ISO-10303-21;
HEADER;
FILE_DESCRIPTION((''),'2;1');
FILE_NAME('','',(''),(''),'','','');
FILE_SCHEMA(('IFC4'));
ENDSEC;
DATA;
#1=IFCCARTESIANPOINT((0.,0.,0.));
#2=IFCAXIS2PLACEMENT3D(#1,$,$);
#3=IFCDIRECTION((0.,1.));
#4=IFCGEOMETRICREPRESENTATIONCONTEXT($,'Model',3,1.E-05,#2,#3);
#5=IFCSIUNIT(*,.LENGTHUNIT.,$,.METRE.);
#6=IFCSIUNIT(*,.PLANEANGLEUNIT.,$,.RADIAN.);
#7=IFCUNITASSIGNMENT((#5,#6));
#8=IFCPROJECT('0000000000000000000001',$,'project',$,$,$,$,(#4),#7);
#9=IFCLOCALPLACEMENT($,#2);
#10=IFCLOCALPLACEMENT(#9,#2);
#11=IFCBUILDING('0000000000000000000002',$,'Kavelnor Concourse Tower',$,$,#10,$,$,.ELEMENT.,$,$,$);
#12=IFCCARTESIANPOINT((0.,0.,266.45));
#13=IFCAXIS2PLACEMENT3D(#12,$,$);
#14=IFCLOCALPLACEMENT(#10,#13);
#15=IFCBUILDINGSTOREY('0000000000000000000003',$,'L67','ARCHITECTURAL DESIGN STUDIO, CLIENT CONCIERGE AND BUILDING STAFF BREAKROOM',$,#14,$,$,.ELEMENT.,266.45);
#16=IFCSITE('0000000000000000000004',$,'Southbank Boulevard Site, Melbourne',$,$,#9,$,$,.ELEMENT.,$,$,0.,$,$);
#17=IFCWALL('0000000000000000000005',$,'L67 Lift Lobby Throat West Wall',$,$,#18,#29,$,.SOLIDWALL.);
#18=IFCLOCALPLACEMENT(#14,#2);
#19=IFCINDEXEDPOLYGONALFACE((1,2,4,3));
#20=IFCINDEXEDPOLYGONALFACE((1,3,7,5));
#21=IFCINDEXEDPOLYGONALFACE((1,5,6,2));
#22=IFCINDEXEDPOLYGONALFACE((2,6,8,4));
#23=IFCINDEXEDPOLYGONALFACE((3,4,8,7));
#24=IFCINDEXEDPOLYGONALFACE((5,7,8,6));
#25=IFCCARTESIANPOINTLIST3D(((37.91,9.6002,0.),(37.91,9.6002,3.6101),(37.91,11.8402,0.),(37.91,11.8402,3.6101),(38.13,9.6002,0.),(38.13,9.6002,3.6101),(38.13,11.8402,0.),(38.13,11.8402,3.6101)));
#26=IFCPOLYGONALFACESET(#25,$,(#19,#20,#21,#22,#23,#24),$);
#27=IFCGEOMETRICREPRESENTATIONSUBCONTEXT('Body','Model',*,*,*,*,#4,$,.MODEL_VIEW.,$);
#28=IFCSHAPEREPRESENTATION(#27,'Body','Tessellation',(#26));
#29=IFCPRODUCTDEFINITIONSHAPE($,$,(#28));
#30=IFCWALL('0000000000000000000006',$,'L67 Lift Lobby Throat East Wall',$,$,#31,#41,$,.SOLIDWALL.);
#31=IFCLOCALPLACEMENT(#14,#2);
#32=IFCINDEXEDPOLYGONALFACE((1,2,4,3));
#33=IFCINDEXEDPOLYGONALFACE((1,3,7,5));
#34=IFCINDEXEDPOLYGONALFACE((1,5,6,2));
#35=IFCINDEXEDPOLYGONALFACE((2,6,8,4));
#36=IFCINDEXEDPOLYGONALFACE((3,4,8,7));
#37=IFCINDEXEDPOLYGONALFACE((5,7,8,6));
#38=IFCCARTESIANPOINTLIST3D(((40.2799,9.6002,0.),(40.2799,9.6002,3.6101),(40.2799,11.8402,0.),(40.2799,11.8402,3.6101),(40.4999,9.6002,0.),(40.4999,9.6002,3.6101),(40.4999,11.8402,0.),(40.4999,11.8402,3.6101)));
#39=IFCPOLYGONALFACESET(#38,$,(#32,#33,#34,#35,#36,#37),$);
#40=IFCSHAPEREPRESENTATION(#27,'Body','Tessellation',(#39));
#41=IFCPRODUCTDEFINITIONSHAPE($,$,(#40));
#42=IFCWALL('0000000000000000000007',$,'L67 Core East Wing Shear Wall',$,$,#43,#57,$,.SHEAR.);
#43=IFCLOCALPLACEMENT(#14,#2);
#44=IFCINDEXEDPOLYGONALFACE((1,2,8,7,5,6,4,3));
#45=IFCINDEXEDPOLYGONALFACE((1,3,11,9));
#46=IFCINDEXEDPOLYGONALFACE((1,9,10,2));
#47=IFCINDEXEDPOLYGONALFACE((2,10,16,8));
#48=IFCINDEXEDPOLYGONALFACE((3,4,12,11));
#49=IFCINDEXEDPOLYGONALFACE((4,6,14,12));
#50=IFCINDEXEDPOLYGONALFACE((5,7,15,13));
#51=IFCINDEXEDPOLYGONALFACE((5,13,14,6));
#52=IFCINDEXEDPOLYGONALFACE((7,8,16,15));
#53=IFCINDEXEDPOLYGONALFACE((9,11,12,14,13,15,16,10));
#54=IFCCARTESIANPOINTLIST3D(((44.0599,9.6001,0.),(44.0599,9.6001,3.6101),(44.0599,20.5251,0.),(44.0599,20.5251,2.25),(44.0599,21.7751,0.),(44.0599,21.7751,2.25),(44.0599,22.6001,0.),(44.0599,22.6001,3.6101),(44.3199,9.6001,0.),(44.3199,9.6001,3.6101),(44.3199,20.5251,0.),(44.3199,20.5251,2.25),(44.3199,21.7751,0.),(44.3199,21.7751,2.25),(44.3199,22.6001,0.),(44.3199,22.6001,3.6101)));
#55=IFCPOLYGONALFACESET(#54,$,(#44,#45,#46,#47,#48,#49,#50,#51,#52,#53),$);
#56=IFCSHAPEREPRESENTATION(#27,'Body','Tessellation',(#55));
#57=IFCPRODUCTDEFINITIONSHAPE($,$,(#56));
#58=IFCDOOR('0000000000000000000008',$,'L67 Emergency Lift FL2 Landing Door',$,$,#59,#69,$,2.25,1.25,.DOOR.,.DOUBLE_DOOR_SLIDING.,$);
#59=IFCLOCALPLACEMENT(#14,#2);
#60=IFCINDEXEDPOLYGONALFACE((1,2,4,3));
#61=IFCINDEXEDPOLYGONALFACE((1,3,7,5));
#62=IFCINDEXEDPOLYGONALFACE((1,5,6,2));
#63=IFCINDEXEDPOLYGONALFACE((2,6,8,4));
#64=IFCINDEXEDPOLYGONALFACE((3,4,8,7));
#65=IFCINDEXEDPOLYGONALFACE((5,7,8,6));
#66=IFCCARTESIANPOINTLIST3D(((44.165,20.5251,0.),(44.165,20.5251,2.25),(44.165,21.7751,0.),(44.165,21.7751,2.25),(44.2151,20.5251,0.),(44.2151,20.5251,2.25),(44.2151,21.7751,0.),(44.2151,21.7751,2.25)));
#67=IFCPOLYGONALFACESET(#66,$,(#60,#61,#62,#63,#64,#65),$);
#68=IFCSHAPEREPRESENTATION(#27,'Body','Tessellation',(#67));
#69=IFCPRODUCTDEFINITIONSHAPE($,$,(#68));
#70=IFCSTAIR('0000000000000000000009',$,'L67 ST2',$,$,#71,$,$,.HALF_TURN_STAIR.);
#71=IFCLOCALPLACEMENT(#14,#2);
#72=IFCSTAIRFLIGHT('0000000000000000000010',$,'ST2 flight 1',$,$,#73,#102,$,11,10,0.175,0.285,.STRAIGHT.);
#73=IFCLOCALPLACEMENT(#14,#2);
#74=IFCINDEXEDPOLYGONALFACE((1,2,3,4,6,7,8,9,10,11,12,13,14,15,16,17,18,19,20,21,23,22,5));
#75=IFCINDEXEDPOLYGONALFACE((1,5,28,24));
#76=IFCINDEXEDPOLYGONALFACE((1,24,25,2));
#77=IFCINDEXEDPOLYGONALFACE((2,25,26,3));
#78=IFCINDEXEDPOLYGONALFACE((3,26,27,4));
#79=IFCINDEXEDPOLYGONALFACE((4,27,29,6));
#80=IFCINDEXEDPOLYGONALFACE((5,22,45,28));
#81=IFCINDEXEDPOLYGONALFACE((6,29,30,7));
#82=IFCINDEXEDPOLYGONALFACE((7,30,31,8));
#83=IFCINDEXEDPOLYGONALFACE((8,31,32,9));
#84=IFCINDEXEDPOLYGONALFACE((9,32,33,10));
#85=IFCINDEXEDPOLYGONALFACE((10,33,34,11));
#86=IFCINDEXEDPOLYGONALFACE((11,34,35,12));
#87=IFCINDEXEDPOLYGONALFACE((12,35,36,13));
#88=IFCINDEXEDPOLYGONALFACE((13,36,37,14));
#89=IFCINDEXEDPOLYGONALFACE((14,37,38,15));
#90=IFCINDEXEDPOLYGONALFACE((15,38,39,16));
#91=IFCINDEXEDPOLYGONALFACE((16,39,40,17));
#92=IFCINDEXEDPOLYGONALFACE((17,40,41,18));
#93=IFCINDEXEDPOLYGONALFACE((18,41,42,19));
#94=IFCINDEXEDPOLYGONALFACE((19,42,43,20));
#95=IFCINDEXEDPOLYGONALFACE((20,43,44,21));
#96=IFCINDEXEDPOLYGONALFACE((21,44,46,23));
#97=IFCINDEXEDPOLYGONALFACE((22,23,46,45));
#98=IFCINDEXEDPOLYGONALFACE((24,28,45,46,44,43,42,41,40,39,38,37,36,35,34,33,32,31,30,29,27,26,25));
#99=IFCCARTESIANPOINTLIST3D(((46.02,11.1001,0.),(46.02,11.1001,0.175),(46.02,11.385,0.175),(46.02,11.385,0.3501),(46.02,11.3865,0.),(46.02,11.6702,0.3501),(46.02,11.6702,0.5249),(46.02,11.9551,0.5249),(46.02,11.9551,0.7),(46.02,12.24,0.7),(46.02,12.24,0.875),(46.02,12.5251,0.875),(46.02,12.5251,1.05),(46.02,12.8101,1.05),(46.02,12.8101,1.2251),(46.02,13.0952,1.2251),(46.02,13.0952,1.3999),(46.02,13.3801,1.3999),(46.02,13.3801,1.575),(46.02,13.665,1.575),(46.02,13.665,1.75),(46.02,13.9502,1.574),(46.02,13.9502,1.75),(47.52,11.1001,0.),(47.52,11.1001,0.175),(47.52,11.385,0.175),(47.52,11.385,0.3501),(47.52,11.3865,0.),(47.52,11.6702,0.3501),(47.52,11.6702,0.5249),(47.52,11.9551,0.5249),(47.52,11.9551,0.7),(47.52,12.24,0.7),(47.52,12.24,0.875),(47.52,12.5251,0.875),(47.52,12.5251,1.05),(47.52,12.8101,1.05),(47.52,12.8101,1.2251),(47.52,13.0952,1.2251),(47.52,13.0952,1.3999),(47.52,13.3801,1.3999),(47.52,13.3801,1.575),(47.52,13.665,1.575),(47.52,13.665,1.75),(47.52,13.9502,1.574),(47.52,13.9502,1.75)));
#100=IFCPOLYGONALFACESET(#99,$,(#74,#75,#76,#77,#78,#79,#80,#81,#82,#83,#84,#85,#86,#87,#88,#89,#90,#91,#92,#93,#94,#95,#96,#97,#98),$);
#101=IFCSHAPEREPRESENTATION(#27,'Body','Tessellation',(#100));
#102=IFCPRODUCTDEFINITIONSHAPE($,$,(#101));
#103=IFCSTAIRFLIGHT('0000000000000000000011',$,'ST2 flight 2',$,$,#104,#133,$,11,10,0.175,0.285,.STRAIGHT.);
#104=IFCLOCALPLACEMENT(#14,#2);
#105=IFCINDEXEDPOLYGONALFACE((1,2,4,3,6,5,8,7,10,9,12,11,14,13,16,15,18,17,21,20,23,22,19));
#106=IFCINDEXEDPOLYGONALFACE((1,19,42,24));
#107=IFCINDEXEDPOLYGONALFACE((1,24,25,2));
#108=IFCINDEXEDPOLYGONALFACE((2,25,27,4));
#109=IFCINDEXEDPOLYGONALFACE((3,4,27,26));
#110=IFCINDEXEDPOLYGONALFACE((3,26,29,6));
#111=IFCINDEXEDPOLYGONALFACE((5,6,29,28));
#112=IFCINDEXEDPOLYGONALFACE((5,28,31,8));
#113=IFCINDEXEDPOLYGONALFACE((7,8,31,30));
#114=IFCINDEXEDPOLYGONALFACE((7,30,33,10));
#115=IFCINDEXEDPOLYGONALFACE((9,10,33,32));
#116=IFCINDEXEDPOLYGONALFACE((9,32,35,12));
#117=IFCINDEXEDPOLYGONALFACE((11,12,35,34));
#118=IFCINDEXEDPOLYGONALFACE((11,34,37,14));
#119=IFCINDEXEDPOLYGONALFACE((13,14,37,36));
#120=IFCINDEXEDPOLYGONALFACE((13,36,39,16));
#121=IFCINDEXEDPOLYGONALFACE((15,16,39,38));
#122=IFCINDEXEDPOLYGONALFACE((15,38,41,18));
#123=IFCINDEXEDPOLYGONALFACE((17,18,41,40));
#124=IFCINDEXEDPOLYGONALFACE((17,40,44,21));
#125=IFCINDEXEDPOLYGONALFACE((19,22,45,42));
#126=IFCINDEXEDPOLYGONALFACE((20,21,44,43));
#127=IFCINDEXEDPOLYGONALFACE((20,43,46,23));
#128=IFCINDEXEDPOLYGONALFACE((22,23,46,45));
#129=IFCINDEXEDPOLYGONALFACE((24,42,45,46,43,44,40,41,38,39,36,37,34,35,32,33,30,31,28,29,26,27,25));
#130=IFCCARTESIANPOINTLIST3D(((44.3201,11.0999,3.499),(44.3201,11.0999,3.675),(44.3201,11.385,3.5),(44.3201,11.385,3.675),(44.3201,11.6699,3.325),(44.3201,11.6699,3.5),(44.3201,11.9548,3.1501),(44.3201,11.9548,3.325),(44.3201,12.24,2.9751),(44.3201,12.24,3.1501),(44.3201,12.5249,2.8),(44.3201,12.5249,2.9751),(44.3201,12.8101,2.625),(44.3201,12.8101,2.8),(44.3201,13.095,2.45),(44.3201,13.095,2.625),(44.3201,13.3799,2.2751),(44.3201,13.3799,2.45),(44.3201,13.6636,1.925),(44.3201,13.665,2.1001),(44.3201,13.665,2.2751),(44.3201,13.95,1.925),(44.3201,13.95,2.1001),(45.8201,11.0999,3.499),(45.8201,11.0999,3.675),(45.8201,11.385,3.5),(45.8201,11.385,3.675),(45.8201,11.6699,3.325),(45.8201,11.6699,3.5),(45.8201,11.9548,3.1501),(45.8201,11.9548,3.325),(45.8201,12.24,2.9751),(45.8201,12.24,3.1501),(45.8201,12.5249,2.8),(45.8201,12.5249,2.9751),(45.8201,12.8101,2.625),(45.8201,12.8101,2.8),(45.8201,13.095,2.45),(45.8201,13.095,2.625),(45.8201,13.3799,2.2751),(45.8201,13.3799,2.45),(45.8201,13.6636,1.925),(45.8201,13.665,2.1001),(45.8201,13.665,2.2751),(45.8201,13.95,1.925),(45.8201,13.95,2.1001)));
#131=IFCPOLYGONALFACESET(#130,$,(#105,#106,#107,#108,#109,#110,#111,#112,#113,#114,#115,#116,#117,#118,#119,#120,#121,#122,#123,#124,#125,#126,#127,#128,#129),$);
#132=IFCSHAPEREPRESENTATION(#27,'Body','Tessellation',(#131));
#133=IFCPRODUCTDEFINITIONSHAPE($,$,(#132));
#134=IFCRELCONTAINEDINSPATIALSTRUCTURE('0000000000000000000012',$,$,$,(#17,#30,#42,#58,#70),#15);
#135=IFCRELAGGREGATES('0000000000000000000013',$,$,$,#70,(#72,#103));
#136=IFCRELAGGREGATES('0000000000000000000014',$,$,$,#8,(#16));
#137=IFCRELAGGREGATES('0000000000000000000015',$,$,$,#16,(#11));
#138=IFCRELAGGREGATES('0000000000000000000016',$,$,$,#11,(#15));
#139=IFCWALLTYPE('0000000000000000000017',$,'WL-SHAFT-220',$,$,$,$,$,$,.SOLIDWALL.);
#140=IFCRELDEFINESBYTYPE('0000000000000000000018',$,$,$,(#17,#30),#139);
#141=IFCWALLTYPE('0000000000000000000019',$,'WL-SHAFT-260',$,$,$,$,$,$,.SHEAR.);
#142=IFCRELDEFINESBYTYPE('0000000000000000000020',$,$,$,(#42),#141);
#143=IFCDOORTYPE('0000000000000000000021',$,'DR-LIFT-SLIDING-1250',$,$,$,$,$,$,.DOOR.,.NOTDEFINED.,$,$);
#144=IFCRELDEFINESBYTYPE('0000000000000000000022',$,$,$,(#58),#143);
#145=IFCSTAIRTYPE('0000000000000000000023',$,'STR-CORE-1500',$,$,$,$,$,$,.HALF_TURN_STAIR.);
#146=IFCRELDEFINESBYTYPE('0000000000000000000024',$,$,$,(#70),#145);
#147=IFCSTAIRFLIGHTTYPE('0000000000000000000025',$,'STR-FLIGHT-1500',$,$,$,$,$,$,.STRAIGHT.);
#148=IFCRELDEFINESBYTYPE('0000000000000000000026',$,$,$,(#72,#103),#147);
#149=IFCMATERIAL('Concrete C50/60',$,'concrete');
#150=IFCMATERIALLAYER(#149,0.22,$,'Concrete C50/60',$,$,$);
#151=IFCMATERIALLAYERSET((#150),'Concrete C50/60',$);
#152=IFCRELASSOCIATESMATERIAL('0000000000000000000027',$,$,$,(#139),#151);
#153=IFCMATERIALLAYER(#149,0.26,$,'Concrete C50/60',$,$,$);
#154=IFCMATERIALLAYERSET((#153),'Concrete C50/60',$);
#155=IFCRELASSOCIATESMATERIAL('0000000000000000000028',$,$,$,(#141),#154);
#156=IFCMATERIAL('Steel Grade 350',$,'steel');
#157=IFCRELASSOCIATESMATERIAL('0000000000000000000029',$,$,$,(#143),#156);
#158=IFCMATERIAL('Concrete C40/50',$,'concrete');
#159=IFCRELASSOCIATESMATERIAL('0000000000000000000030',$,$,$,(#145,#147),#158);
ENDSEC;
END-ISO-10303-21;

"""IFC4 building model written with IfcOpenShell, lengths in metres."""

from ifc_helpers import new_model, si_unit, direction, frame, frame_2d, origin, place, context, subcontext, project, spatial, polyline, rectangle, outline, extrude, material, layer, layer_set, type_object, element, fill, aggregate, save


model = new_model("IFC4")

# Units and contexts
model_context = context("Model", 3, precision=1e-05, world=origin(), true_north=direction((0.0, 1.0)))
body_context = subcontext(model_context, "Body", "Model", "MODEL_VIEW")
ifc_project = project(units=[si_unit("LENGTHUNIT", "METRE"), si_unit("PLANEANGLEUNIT", "RADIAN")], contexts=[model_context])

# Site, building, storey
site_placement = place(None, origin())
site = spatial("IfcSite", under=ifc_project, at=site_placement, Name="Southbank Boulevard Site, Melbourne", CompositionType="ELEMENT", RefElevation=0.0)
building_placement = place(site_placement, origin())
building = spatial("IfcBuilding", under=site, at=building_placement, Name="Kavelnor Concourse Tower", CompositionType="ELEMENT")
storey_placement = place(building_placement, frame((0.0, 0.0, 266.45)))
storey = spatial("IfcBuildingStorey", under=building, at=storey_placement, Name="L67", Description="ARCHITECTURAL DESIGN STUDIO, CLIENT CONCIERGE AND BUILDING STAFF BREAKROOM", CompositionType="ELEMENT", Elevation=266.45)

# Shared definitions
ifc_material_1 = material(Name="Steel Grade 350", Category="steel")

# Shared definitions
ifc_material_2 = material(Name="Concrete C50/60", Category="concrete")
ifc_layer_1 = layer(ifc_material_2, 0.22, Name="Concrete C50/60")
ifc_layer_set_1 = layer_set([ifc_layer_1], Name="Concrete C50/60")
wall_type_1 = type_object("IfcWallType", Name="WL-SHAFT-220", PredefinedType="SOLIDWALL", material=ifc_layer_set_1)

# Walls
for number, where, z_axis, x_axis, name in (
    (1, (38.02, 9.6001, 0.0), (0.0, 0.0, 1.0), (0.0, 1.0, 0.0), "L67 Lift Lobby Throat West Wall"),
    (2, (40.3899, 9.6001, 0.0), (0.0, 0.0, 1.0), (0.0, 1.0, 0.0), "L67 Lift Lobby Throat East Wall"),
):
    element("IfcWall", number, at=place(storey_placement, frame(where, z_axis=z_axis, x_axis=x_axis)), inside=storey, type_object=wall_type_1, Name=name, PredefinedType="SOLIDWALL", context=body_context, shape_type="SweptSolid", body=[
        extrude(rectangle(XDim=2.24, YDim=0.22, at=frame_2d((1.1201, 0.0))), origin(), (0.0, 0.0, 1.0), 3.6101),
    ])

# Wall, opening, door
ifc_layer_2 = layer(ifc_material_2, 0.26, Name="Concrete C50/60")
ifc_layer_set_2 = layer_set([ifc_layer_2], Name="Concrete C50/60")
wall_type_2 = type_object("IfcWallType", Name="WL-SHAFT-260", PredefinedType="SHEAR", material=ifc_layer_set_2)
wall_1_placement = place(storey_placement, frame((44.1899, 9.6001, 0.0), z_axis=(0.0, 0.0, 1.0), x_axis=(0.0, 1.0, 0.0)))
wall_1 = element("IfcWall", 3, at=wall_1_placement, inside=storey, type_object=wall_type_2, Name="L67 Core East Wing Shear Wall", PredefinedType="SHEAR", context=body_context, shape_type="SweptSolid", body=[
    extrude(rectangle(XDim=13.0, YDim=0.26, at=frame_2d((6.5, 0.0))), origin(), (0.0, 0.0, 1.0), 3.6101),
])
opening_1_placement = place(wall_1_placement, frame((10.925, 0.0, 0.0)))
opening_1 = element("IfcOpeningElement", 4, at=opening_1_placement, cuts=wall_1, PredefinedType="OPENING", context=body_context, shape_type="SweptSolid", body=[
    extrude(rectangle(XDim=1.25, YDim=2.25, at=frame_2d((0.625, 1.125))), frame((0.0, 0.1401, 0.0), z_axis=(0.0, -1.0, 0.0), x_axis=(1.0, 0.0, 0.0)), (0.0, 0.0, 1.0), 0.28),
])
door_type_1 = type_object("IfcDoorType", Name="DR-LIFT-SLIDING-1250", OperationType="NOTDEFINED", PredefinedType="DOOR", material=ifc_material_1)
door_1_placement = place(opening_1_placement, origin())
door_1 = element("IfcDoor", 5, at=door_1_placement, inside=storey, type_object=door_type_1, Name="L67 Emergency Lift FL2 Landing Door", OperationType="DOUBLE_DOOR_SLIDING", OverallHeight=2.25, OverallWidth=1.25, PredefinedType="DOOR", context=body_context, shape_type="SweptSolid", body=[
    extrude(rectangle(XDim=1.25, YDim=2.25, at=frame_2d((0.625, 1.125))), frame((0.0, 0.0249, 0.0), z_axis=(0.0, -1.0, 0.0), x_axis=(1.0, 0.0, 0.0)), (0.0, 0.0, 1.0), 0.05),
])
fill(opening_1, door_1)

# Stair, stair flights
ifc_material_3 = material(Name="Concrete C40/50", Category="concrete")
stair_type = type_object("IfcStairType", Name="STR-CORE-1500", PredefinedType="HALF_TURN_STAIR", material=ifc_material_3)
stair_placement = place(storey_placement, origin())
stair = element("IfcStair", 6, at=stair_placement, inside=storey, type_object=stair_type, Name="L67 ST2", PredefinedType="HALF_TURN_STAIR")
stair_flight_type = type_object("IfcStairFlightType", Name="STR-FLIGHT-1500", PredefinedType="STRAIGHT", material=ifc_material_3)
stair_flight_1_placement = place(storey_placement, frame((46.77, 11.1001, 0.0), z_axis=(0.0, 0.0, 1.0), x_axis=(0.0, 1.0, 0.0)))
stair_flight_1 = element("IfcStairFlight", 7, at=stair_flight_1_placement, type_object=stair_flight_type, Name="ST2 flight 1", NumberOfRisers=11, NumberOfTreads=10, PredefinedType="STRAIGHT", RiserHeight=0.175, TreadLength=0.285, context=body_context, shape_type="SweptSolid", body=[
    extrude(outline(polyline([(0.0, 0.0), (0.0, 0.175), (0.2849, 0.175), (0.2849, 0.3501), (0.5701, 0.3501), (0.5701, 0.5249), (0.855, 0.5249), (0.855, 0.7), (1.1399, 0.7), (1.1399, 0.875), (1.425, 0.875), (1.425, 1.05), (1.71, 1.05), (1.71, 1.2251), (1.9951, 1.2251), (1.9951, 1.3999), (2.28, 1.3999), (2.28, 1.575), (2.5649, 1.575), (2.5649, 1.75), (2.8501, 1.75), (2.8501, 1.925), (2.8501, 1.574), (0.2864, 0.0), (0.0, 0.0)])), frame((0.0, 0.75, 0.0), z_axis=(0.0, -1.0, 0.0), x_axis=(1.0, 0.0, 0.0)), (0.0, 0.0, 1.0), 1.5),
])
stair_flight_2_placement = place(storey_placement, frame((45.0701, 13.95, 1.925), z_axis=(0.0, 0.0, 1.0), x_axis=(0.0, -1.0, 0.0)))
stair_flight_2 = element("IfcStairFlight", 8, at=stair_flight_2_placement, type_object=stair_flight_type, Name="ST2 flight 2", NumberOfRisers=11, NumberOfTreads=10, PredefinedType="STRAIGHT", RiserHeight=0.175, TreadLength=0.285, context=body_context, shape_type="SweptSolid", body=[
    extrude(outline(polyline([(0.0, 0.0), (0.0, 0.175), (0.2849, 0.175), (0.2849, 0.3501), (0.5701, 0.3501), (0.5701, 0.5249), (0.855, 0.5249), (0.855, 0.7), (1.1399, 0.7), (1.1399, 0.875), (1.425, 0.875), (1.425, 1.05), (1.71, 1.05), (1.71, 1.2251), (1.9951, 1.2251), (1.9951, 1.3999), (2.28, 1.3999), (2.28, 1.575), (2.5649, 1.575), (2.5649, 1.75), (2.8501, 1.75), (2.8501, 1.925), (2.8501, 1.574), (0.2864, 0.0), (0.0, 0.0)])), frame((0.0, 0.75, 0.0), z_axis=(0.0, -1.0, 0.0), x_axis=(1.0, 0.0, 0.0)), (0.0, 0.0, 1.0), 1.5),
])
aggregate(stair, [stair_flight_1, stair_flight_2])

save(model, "model.ifc")
